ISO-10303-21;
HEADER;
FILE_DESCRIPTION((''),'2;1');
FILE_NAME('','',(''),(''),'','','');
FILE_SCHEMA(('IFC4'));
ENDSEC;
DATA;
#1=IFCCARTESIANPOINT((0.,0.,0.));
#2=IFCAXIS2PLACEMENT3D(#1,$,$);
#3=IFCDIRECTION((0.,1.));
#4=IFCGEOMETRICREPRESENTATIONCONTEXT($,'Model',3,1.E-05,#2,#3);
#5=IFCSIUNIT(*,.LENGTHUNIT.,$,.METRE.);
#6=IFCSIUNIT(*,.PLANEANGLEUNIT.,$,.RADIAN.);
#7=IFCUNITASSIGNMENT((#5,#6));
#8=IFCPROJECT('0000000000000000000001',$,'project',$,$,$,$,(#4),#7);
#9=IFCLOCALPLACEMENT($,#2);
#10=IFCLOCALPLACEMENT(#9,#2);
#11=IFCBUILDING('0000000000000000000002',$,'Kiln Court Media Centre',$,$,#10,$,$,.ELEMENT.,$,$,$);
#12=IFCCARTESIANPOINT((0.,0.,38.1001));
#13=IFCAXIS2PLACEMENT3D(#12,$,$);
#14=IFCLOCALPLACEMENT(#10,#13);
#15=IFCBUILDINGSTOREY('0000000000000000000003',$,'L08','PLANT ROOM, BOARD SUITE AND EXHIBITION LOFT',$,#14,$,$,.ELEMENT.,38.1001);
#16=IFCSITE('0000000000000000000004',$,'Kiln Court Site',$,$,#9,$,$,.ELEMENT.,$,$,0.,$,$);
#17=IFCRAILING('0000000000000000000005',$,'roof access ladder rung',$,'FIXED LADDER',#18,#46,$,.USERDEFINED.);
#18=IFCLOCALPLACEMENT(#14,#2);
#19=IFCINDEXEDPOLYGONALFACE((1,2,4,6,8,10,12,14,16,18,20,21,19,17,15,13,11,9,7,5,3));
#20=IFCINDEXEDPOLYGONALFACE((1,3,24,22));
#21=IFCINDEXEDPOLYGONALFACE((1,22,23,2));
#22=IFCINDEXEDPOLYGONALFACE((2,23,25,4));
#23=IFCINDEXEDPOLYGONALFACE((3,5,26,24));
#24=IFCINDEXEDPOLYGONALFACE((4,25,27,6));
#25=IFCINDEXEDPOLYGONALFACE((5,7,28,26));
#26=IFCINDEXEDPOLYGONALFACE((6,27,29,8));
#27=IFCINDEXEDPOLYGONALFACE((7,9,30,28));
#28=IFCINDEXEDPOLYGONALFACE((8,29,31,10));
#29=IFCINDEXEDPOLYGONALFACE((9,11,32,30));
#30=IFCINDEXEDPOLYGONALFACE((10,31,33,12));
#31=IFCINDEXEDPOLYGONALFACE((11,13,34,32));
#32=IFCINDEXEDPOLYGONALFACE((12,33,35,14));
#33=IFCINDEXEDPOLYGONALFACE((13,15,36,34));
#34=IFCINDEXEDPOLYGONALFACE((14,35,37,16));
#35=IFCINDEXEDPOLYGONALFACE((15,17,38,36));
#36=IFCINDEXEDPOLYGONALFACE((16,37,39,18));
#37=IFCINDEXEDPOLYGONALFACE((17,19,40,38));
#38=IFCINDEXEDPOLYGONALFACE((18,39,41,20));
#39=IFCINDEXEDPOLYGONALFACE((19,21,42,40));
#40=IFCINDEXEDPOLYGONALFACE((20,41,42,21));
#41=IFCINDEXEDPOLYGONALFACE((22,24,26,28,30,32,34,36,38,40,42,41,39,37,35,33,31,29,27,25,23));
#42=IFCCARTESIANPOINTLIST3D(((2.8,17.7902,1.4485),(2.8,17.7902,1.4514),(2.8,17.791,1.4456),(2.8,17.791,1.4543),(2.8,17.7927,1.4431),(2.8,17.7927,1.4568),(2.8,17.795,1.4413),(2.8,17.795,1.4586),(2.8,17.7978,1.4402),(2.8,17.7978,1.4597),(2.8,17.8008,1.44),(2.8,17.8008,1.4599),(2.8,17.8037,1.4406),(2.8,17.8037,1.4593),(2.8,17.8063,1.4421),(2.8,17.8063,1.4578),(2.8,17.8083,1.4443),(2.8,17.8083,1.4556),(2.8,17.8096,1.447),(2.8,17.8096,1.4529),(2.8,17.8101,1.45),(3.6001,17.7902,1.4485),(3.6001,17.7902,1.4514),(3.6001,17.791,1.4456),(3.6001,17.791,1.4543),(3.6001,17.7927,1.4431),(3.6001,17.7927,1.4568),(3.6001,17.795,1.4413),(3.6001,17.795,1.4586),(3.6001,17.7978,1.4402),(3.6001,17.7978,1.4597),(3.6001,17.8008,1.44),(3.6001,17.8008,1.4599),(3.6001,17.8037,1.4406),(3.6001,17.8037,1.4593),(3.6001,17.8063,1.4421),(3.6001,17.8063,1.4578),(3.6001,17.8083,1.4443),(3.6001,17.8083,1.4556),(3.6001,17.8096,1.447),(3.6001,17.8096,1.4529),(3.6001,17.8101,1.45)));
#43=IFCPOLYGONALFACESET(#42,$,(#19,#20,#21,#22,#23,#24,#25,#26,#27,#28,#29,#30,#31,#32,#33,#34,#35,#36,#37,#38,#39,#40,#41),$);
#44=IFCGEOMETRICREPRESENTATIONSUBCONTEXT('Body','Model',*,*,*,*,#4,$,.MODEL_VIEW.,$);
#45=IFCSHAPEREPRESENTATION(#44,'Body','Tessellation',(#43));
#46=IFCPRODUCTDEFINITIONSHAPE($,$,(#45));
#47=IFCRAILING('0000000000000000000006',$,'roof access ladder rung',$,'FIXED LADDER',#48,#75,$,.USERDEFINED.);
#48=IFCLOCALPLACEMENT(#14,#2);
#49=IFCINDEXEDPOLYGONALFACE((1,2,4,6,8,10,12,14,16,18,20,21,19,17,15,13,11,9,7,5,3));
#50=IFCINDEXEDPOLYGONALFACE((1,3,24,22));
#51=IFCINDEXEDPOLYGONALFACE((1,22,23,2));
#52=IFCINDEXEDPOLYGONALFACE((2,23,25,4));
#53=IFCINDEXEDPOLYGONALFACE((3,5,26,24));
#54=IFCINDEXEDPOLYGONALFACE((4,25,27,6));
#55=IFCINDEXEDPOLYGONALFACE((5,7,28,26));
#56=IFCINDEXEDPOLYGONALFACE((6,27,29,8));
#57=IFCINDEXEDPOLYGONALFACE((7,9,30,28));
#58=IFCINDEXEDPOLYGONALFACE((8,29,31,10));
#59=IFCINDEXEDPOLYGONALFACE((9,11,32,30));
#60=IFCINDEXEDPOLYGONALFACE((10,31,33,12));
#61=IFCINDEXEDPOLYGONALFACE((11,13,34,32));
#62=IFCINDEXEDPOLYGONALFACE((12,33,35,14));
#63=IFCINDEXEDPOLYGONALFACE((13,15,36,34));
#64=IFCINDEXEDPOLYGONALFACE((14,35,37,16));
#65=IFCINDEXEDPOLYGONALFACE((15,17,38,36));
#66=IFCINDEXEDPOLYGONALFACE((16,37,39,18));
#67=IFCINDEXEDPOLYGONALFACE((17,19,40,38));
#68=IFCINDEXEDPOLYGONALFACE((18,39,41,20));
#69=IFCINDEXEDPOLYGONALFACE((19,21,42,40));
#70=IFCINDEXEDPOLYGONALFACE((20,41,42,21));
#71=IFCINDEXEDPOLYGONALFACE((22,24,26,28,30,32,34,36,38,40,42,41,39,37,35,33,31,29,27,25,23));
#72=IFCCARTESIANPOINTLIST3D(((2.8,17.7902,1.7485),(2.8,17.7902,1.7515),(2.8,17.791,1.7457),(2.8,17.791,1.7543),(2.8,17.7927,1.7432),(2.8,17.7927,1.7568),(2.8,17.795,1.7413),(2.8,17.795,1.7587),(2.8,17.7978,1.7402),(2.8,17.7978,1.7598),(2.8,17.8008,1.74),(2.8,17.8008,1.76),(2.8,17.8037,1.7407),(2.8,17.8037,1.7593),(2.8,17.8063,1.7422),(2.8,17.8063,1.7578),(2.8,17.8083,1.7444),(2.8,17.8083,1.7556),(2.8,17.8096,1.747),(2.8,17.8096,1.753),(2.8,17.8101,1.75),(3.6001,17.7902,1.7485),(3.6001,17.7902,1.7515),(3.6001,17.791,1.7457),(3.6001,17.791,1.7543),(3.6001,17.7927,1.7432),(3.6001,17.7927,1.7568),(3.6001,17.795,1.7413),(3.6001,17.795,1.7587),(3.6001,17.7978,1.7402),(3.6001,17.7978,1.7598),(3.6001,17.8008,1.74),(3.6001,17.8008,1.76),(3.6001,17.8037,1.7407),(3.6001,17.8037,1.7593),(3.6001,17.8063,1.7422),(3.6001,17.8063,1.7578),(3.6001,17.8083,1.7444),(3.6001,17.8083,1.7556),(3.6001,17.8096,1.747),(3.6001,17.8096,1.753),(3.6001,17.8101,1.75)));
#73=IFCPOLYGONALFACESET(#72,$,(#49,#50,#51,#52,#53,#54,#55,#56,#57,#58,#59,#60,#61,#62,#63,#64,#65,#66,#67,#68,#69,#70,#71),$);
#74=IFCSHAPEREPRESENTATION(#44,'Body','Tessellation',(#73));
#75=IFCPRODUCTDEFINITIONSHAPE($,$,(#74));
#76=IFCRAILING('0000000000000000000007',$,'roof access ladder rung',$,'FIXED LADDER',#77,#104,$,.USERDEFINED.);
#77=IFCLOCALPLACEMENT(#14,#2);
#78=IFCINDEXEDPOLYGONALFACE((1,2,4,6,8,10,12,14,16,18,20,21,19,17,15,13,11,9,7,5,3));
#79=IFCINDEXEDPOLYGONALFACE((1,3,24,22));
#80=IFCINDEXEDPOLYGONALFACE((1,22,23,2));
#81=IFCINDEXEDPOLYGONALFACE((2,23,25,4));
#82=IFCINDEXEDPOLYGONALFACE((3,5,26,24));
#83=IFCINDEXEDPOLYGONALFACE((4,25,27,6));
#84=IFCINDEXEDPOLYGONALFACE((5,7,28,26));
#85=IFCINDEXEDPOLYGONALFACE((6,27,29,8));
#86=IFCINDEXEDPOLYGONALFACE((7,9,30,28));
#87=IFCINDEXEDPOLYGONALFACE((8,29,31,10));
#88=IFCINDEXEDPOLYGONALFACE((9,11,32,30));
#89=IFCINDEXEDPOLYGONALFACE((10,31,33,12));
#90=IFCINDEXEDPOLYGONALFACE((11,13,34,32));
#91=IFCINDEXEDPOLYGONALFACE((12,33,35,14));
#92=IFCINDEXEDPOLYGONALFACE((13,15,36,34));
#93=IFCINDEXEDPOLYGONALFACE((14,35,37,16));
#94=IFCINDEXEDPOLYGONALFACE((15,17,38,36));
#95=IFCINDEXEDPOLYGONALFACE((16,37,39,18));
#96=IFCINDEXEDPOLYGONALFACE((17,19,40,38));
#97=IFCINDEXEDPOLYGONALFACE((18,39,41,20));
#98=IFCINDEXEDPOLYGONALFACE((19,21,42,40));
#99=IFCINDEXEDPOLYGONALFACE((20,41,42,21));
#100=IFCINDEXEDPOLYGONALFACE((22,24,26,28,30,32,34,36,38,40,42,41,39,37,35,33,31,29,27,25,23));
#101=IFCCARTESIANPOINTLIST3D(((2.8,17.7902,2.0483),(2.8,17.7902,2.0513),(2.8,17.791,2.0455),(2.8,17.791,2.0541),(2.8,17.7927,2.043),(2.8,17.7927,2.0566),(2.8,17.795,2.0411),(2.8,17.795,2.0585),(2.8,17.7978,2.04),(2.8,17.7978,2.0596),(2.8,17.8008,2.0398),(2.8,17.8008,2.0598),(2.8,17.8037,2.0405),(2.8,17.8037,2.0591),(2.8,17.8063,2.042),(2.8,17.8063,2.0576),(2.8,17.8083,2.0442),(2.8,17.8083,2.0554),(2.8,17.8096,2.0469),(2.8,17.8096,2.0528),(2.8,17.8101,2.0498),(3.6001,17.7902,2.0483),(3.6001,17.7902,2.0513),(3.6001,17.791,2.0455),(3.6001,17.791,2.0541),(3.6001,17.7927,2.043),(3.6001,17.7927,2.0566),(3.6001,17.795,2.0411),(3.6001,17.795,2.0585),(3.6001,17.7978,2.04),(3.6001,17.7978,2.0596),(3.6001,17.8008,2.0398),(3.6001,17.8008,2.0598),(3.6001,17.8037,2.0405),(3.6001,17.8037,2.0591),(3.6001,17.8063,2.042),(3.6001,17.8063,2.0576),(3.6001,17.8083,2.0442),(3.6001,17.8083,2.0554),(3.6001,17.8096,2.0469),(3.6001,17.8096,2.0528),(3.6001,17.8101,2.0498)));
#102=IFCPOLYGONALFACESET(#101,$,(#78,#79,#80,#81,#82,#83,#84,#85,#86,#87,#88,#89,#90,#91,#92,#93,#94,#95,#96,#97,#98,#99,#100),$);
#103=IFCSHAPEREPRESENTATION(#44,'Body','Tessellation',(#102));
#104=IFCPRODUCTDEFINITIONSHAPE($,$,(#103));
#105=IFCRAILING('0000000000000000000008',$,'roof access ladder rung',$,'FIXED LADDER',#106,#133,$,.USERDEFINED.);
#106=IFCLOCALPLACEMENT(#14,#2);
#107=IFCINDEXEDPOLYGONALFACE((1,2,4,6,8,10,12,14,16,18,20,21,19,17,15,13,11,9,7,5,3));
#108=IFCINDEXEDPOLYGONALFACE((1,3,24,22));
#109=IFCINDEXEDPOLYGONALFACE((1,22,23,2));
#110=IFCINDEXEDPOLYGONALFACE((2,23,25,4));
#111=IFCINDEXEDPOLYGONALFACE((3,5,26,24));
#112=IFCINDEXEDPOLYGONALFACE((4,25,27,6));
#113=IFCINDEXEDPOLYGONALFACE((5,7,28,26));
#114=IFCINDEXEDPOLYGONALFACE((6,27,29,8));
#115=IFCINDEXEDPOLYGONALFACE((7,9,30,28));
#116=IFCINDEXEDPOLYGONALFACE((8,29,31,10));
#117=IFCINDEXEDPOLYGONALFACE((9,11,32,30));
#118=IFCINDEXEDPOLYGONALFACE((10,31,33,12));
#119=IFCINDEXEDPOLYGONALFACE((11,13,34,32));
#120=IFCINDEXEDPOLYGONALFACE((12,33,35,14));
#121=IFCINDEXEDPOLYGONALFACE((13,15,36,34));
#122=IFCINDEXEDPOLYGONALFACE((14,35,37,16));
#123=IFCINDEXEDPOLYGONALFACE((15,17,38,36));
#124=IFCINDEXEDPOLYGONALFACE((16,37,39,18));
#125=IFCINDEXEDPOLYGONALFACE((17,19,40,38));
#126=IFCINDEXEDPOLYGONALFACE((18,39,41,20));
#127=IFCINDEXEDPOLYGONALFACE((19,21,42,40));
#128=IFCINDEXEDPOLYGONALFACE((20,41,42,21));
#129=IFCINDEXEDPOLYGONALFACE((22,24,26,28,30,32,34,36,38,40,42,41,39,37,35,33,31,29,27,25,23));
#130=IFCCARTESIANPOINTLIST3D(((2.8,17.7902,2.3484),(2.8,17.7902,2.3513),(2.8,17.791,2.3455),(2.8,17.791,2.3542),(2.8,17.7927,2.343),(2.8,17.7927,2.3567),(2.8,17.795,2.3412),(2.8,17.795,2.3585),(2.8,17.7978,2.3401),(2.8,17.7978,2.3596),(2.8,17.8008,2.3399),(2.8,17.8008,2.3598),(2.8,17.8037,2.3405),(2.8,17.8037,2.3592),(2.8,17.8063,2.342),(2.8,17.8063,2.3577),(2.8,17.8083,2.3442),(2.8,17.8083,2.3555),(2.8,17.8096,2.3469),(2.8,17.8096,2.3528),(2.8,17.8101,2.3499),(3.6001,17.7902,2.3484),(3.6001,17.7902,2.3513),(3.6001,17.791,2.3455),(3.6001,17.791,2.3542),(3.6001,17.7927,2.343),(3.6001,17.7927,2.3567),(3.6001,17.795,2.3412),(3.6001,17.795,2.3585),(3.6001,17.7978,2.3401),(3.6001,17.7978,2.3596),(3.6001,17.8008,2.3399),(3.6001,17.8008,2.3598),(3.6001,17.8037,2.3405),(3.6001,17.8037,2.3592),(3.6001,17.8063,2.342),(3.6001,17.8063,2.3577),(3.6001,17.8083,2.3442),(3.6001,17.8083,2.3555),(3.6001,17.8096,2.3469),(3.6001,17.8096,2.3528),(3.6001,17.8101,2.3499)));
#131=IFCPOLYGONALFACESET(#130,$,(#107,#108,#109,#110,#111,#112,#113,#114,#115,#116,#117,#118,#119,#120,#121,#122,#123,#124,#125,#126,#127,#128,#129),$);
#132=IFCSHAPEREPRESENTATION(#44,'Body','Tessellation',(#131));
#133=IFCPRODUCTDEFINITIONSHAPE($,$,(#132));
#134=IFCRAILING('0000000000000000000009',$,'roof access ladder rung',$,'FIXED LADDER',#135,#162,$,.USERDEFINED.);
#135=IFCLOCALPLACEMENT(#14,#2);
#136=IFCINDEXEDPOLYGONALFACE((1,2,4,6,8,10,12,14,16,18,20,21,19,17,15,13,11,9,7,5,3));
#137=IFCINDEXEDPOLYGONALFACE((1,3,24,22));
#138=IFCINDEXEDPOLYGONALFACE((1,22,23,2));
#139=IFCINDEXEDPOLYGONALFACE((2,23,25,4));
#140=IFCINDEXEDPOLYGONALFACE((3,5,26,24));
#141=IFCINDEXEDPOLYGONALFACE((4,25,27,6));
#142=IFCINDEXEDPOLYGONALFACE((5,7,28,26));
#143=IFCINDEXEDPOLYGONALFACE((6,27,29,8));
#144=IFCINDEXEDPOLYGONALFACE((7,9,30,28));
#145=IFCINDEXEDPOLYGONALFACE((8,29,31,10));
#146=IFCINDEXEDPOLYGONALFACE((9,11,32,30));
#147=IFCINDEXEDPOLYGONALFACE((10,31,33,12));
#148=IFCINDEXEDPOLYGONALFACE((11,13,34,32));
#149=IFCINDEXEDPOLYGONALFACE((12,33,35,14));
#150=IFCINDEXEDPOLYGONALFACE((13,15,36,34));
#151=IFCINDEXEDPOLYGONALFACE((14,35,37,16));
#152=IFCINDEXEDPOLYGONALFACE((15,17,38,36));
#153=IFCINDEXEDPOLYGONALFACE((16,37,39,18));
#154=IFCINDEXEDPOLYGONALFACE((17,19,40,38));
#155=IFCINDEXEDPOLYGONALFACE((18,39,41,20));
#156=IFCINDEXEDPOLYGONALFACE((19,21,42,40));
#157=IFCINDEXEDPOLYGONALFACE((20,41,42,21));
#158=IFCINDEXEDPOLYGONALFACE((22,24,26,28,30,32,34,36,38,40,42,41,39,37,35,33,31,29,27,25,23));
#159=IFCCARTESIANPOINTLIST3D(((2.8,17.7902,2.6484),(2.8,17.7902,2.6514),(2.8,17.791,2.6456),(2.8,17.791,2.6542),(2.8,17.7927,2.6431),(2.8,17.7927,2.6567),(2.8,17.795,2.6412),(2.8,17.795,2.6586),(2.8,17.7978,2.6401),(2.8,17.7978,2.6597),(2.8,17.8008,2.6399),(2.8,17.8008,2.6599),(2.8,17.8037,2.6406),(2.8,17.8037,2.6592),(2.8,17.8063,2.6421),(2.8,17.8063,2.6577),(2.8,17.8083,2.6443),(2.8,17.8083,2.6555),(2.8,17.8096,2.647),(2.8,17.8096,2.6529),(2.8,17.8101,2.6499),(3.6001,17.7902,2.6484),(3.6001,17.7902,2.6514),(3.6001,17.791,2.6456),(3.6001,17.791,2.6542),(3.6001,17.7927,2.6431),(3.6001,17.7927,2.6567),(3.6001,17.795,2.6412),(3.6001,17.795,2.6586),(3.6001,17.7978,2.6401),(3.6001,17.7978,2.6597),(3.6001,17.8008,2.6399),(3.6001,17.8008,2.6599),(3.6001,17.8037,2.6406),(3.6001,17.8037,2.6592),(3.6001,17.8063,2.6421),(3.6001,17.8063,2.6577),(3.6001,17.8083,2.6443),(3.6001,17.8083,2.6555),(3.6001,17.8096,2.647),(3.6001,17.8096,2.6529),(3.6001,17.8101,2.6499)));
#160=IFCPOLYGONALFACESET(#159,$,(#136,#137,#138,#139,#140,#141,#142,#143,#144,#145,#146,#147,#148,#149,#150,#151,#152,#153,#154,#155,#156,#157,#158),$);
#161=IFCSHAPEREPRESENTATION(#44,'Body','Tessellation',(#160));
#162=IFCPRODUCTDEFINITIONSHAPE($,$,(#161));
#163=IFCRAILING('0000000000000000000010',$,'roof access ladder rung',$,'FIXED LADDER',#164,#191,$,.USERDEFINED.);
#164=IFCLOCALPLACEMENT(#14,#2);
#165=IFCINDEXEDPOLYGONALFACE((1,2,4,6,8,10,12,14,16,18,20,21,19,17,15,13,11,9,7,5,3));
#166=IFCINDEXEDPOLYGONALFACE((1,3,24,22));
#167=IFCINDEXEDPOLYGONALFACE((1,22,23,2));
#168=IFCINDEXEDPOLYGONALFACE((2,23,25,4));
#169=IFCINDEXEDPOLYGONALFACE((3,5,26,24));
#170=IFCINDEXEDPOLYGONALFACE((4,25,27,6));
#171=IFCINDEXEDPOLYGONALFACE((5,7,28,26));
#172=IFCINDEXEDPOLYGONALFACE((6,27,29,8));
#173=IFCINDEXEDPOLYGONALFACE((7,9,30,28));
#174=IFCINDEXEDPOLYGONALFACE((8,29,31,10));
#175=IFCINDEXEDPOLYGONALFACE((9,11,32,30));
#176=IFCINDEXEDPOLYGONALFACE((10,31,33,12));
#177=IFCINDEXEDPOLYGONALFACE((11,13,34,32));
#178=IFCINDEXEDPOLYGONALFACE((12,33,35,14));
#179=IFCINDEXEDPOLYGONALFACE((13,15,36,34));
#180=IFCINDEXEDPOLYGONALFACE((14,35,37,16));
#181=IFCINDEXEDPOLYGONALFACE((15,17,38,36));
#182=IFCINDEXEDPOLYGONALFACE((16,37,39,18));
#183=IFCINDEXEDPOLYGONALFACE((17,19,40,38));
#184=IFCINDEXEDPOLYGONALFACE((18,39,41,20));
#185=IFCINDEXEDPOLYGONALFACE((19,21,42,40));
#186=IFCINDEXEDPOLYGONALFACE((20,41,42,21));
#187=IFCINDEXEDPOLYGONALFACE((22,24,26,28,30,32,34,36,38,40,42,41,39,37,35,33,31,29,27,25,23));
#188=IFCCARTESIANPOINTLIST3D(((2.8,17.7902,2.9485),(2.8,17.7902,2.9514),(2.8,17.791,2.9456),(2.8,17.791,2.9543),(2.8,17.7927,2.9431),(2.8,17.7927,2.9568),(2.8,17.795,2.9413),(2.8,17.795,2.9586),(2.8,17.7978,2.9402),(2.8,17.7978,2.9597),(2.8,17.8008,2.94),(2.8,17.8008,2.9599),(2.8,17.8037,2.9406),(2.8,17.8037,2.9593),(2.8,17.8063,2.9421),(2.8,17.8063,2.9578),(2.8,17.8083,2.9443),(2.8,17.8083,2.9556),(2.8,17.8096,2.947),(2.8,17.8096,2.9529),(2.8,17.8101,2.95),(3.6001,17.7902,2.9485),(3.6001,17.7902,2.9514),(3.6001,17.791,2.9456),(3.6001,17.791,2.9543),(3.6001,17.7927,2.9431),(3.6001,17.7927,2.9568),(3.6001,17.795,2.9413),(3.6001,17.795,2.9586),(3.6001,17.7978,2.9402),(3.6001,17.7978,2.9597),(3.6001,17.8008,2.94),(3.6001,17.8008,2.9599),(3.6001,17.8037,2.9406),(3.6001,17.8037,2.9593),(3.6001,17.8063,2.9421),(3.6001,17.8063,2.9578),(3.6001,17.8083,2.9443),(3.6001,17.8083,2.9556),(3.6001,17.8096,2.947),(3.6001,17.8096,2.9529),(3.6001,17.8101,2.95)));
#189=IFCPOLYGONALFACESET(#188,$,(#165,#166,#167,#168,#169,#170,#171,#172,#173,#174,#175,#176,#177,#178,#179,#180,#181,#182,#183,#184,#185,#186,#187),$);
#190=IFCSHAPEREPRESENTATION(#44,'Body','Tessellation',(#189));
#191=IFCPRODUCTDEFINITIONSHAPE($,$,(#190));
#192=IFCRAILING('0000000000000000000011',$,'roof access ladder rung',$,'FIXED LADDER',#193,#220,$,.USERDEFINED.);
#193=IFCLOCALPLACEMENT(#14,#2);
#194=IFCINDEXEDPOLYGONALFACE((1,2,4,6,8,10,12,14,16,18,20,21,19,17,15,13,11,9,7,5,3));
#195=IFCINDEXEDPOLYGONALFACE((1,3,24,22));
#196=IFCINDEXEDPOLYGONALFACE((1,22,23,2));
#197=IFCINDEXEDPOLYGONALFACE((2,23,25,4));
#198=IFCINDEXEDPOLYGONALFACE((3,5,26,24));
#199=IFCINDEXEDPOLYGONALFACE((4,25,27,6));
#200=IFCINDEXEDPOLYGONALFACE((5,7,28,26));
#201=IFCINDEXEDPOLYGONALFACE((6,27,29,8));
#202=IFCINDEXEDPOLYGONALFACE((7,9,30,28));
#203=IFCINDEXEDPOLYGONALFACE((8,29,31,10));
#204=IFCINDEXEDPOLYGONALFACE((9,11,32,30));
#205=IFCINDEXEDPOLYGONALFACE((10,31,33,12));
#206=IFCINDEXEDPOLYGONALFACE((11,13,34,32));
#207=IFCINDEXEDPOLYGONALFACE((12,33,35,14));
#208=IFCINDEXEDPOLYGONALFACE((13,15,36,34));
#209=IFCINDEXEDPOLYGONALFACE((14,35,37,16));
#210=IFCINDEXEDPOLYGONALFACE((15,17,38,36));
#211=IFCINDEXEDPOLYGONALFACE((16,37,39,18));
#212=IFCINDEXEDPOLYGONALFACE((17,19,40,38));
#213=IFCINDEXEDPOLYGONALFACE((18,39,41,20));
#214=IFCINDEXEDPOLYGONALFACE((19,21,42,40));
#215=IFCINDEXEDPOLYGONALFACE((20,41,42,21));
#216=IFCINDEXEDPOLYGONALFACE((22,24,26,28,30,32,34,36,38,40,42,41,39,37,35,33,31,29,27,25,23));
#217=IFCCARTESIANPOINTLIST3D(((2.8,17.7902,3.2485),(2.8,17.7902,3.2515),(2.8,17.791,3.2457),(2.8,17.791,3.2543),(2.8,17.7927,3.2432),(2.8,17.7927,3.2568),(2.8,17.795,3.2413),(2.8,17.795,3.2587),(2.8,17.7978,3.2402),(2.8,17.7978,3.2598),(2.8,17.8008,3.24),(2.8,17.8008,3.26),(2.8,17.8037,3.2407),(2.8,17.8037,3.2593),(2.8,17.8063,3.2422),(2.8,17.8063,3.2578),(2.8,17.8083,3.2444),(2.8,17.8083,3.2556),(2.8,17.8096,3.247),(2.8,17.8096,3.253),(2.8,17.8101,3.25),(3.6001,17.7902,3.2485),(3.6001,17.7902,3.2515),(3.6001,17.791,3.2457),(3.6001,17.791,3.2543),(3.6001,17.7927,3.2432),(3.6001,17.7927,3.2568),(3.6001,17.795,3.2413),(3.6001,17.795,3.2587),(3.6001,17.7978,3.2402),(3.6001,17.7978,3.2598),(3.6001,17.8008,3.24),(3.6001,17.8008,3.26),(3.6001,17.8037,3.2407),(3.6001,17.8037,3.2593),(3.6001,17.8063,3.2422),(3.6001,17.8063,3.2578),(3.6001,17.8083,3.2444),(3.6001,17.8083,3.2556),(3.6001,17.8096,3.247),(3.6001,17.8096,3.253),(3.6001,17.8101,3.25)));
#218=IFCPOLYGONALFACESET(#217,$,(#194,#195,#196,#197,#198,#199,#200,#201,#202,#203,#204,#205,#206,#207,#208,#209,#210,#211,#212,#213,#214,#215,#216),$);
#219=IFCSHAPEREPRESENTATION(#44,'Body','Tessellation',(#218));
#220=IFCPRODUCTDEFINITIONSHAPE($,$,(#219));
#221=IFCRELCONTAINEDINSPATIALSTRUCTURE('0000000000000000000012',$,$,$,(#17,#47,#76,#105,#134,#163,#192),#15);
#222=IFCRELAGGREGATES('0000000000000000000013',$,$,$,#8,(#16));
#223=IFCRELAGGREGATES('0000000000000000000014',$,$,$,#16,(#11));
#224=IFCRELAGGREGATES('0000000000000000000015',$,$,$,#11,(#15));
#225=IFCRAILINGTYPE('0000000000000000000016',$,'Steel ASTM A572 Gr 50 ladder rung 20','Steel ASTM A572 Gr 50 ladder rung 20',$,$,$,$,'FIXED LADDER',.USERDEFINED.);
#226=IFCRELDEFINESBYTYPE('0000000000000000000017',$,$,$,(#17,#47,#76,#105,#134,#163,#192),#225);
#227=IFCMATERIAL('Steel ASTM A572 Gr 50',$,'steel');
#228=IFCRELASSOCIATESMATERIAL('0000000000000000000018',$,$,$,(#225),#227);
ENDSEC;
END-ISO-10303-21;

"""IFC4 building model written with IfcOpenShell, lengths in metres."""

from ifc_helpers import new_model, si_unit, direction, frame, origin, origin_2d, place, context, subcontext, project, spatial, circle, extrude, material, material_profile, profile_set, type_object, element, save


model = new_model("IFC4")

# Units and contexts
model_context = context("Model", 3, precision=1e-05, world=origin(), true_north=direction((0.0, 1.0)))
body_context = subcontext(model_context, "Body", "Model", "MODEL_VIEW")
ifc_project = project(units=[si_unit("LENGTHUNIT", "METRE"), si_unit("PLANEANGLEUNIT", "RADIAN")], contexts=[model_context])

# Site, building, storey
site_placement = place(None, origin())
site = spatial("IfcSite", under=ifc_project, at=site_placement, Name="Kiln Court Site", CompositionType="ELEMENT", RefElevation=0.0)
building_placement = place(site_placement, origin())
building = spatial("IfcBuilding", under=site, at=building_placement, Name="Kiln Court Media Centre", CompositionType="ELEMENT")
storey_placement = place(building_placement, frame((0.0, 0.0, 38.1001)))
storey = spatial("IfcBuildingStorey", under=building, at=storey_placement, Name="L08", Description="PLANT ROOM, BOARD SUITE AND EXHIBITION LOFT", CompositionType="ELEMENT", Elevation=38.1001)

# Railings
ifc_material_1 = material(Name="Steel ASTM A572 Gr 50", Category="steel")
ifc_material_profile_1 = material_profile(ifc_material_1, circle(Radius=0.01, at=origin_2d()), Name="Steel ASTM A572 Gr 50 ladder rung 20")
ifc_profile_set_1 = profile_set([ifc_material_profile_1], Name="Steel ASTM A572 Gr 50")
railing_type_1 = type_object("IfcRailingType", Name="Steel ASTM A572 Gr 50 ladder rung 20", Description="Steel ASTM A572 Gr 50 ladder rung 20", ElementType="FIXED LADDER", PredefinedType="USERDEFINED", material=ifc_profile_set_1)
for number, where, z_axis, x_axis, name in (
    (1, (2.8, 17.8, 1.45), (1.0, 0.0, 0.0), (0.0, 1.0, 0.0), "roof access ladder rung"),
    (2, (2.8, 17.8, 1.75), (1.0, 0.0, 0.0), (0.0, 1.0, 0.0), "roof access ladder rung"),
    (3, (2.8, 17.8, 2.0498), (1.0, 0.0, 0.0), (0.0, 1.0, 0.0), "roof access ladder rung"),
    (4, (2.8, 17.8, 2.3499), (1.0, 0.0, 0.0), (0.0, 1.0, 0.0), "roof access ladder rung"),
    (5, (2.8, 17.8, 2.6499), (1.0, 0.0, 0.0), (0.0, 1.0, 0.0), "roof access ladder rung"),
    (6, (2.8, 17.8, 2.95), (1.0, 0.0, 0.0), (0.0, 1.0, 0.0), "roof access ladder rung"),
    (7, (2.8, 17.8, 3.25), (1.0, 0.0, 0.0), (0.0, 1.0, 0.0), "roof access ladder rung"),
):
    element("IfcRailing", number, at=place(storey_placement, frame(where, z_axis=z_axis, x_axis=x_axis)), inside=storey, type_object=railing_type_1, Name=name, ObjectType="FIXED LADDER", PredefinedType="USERDEFINED", context=body_context, shape_type="SweptSolid", body=[
        extrude(circle(Radius=0.01, at=origin_2d()), origin(), (0.0, 0.0, 1.0), 0.8),
    ])

save(model, "model.ifc")
